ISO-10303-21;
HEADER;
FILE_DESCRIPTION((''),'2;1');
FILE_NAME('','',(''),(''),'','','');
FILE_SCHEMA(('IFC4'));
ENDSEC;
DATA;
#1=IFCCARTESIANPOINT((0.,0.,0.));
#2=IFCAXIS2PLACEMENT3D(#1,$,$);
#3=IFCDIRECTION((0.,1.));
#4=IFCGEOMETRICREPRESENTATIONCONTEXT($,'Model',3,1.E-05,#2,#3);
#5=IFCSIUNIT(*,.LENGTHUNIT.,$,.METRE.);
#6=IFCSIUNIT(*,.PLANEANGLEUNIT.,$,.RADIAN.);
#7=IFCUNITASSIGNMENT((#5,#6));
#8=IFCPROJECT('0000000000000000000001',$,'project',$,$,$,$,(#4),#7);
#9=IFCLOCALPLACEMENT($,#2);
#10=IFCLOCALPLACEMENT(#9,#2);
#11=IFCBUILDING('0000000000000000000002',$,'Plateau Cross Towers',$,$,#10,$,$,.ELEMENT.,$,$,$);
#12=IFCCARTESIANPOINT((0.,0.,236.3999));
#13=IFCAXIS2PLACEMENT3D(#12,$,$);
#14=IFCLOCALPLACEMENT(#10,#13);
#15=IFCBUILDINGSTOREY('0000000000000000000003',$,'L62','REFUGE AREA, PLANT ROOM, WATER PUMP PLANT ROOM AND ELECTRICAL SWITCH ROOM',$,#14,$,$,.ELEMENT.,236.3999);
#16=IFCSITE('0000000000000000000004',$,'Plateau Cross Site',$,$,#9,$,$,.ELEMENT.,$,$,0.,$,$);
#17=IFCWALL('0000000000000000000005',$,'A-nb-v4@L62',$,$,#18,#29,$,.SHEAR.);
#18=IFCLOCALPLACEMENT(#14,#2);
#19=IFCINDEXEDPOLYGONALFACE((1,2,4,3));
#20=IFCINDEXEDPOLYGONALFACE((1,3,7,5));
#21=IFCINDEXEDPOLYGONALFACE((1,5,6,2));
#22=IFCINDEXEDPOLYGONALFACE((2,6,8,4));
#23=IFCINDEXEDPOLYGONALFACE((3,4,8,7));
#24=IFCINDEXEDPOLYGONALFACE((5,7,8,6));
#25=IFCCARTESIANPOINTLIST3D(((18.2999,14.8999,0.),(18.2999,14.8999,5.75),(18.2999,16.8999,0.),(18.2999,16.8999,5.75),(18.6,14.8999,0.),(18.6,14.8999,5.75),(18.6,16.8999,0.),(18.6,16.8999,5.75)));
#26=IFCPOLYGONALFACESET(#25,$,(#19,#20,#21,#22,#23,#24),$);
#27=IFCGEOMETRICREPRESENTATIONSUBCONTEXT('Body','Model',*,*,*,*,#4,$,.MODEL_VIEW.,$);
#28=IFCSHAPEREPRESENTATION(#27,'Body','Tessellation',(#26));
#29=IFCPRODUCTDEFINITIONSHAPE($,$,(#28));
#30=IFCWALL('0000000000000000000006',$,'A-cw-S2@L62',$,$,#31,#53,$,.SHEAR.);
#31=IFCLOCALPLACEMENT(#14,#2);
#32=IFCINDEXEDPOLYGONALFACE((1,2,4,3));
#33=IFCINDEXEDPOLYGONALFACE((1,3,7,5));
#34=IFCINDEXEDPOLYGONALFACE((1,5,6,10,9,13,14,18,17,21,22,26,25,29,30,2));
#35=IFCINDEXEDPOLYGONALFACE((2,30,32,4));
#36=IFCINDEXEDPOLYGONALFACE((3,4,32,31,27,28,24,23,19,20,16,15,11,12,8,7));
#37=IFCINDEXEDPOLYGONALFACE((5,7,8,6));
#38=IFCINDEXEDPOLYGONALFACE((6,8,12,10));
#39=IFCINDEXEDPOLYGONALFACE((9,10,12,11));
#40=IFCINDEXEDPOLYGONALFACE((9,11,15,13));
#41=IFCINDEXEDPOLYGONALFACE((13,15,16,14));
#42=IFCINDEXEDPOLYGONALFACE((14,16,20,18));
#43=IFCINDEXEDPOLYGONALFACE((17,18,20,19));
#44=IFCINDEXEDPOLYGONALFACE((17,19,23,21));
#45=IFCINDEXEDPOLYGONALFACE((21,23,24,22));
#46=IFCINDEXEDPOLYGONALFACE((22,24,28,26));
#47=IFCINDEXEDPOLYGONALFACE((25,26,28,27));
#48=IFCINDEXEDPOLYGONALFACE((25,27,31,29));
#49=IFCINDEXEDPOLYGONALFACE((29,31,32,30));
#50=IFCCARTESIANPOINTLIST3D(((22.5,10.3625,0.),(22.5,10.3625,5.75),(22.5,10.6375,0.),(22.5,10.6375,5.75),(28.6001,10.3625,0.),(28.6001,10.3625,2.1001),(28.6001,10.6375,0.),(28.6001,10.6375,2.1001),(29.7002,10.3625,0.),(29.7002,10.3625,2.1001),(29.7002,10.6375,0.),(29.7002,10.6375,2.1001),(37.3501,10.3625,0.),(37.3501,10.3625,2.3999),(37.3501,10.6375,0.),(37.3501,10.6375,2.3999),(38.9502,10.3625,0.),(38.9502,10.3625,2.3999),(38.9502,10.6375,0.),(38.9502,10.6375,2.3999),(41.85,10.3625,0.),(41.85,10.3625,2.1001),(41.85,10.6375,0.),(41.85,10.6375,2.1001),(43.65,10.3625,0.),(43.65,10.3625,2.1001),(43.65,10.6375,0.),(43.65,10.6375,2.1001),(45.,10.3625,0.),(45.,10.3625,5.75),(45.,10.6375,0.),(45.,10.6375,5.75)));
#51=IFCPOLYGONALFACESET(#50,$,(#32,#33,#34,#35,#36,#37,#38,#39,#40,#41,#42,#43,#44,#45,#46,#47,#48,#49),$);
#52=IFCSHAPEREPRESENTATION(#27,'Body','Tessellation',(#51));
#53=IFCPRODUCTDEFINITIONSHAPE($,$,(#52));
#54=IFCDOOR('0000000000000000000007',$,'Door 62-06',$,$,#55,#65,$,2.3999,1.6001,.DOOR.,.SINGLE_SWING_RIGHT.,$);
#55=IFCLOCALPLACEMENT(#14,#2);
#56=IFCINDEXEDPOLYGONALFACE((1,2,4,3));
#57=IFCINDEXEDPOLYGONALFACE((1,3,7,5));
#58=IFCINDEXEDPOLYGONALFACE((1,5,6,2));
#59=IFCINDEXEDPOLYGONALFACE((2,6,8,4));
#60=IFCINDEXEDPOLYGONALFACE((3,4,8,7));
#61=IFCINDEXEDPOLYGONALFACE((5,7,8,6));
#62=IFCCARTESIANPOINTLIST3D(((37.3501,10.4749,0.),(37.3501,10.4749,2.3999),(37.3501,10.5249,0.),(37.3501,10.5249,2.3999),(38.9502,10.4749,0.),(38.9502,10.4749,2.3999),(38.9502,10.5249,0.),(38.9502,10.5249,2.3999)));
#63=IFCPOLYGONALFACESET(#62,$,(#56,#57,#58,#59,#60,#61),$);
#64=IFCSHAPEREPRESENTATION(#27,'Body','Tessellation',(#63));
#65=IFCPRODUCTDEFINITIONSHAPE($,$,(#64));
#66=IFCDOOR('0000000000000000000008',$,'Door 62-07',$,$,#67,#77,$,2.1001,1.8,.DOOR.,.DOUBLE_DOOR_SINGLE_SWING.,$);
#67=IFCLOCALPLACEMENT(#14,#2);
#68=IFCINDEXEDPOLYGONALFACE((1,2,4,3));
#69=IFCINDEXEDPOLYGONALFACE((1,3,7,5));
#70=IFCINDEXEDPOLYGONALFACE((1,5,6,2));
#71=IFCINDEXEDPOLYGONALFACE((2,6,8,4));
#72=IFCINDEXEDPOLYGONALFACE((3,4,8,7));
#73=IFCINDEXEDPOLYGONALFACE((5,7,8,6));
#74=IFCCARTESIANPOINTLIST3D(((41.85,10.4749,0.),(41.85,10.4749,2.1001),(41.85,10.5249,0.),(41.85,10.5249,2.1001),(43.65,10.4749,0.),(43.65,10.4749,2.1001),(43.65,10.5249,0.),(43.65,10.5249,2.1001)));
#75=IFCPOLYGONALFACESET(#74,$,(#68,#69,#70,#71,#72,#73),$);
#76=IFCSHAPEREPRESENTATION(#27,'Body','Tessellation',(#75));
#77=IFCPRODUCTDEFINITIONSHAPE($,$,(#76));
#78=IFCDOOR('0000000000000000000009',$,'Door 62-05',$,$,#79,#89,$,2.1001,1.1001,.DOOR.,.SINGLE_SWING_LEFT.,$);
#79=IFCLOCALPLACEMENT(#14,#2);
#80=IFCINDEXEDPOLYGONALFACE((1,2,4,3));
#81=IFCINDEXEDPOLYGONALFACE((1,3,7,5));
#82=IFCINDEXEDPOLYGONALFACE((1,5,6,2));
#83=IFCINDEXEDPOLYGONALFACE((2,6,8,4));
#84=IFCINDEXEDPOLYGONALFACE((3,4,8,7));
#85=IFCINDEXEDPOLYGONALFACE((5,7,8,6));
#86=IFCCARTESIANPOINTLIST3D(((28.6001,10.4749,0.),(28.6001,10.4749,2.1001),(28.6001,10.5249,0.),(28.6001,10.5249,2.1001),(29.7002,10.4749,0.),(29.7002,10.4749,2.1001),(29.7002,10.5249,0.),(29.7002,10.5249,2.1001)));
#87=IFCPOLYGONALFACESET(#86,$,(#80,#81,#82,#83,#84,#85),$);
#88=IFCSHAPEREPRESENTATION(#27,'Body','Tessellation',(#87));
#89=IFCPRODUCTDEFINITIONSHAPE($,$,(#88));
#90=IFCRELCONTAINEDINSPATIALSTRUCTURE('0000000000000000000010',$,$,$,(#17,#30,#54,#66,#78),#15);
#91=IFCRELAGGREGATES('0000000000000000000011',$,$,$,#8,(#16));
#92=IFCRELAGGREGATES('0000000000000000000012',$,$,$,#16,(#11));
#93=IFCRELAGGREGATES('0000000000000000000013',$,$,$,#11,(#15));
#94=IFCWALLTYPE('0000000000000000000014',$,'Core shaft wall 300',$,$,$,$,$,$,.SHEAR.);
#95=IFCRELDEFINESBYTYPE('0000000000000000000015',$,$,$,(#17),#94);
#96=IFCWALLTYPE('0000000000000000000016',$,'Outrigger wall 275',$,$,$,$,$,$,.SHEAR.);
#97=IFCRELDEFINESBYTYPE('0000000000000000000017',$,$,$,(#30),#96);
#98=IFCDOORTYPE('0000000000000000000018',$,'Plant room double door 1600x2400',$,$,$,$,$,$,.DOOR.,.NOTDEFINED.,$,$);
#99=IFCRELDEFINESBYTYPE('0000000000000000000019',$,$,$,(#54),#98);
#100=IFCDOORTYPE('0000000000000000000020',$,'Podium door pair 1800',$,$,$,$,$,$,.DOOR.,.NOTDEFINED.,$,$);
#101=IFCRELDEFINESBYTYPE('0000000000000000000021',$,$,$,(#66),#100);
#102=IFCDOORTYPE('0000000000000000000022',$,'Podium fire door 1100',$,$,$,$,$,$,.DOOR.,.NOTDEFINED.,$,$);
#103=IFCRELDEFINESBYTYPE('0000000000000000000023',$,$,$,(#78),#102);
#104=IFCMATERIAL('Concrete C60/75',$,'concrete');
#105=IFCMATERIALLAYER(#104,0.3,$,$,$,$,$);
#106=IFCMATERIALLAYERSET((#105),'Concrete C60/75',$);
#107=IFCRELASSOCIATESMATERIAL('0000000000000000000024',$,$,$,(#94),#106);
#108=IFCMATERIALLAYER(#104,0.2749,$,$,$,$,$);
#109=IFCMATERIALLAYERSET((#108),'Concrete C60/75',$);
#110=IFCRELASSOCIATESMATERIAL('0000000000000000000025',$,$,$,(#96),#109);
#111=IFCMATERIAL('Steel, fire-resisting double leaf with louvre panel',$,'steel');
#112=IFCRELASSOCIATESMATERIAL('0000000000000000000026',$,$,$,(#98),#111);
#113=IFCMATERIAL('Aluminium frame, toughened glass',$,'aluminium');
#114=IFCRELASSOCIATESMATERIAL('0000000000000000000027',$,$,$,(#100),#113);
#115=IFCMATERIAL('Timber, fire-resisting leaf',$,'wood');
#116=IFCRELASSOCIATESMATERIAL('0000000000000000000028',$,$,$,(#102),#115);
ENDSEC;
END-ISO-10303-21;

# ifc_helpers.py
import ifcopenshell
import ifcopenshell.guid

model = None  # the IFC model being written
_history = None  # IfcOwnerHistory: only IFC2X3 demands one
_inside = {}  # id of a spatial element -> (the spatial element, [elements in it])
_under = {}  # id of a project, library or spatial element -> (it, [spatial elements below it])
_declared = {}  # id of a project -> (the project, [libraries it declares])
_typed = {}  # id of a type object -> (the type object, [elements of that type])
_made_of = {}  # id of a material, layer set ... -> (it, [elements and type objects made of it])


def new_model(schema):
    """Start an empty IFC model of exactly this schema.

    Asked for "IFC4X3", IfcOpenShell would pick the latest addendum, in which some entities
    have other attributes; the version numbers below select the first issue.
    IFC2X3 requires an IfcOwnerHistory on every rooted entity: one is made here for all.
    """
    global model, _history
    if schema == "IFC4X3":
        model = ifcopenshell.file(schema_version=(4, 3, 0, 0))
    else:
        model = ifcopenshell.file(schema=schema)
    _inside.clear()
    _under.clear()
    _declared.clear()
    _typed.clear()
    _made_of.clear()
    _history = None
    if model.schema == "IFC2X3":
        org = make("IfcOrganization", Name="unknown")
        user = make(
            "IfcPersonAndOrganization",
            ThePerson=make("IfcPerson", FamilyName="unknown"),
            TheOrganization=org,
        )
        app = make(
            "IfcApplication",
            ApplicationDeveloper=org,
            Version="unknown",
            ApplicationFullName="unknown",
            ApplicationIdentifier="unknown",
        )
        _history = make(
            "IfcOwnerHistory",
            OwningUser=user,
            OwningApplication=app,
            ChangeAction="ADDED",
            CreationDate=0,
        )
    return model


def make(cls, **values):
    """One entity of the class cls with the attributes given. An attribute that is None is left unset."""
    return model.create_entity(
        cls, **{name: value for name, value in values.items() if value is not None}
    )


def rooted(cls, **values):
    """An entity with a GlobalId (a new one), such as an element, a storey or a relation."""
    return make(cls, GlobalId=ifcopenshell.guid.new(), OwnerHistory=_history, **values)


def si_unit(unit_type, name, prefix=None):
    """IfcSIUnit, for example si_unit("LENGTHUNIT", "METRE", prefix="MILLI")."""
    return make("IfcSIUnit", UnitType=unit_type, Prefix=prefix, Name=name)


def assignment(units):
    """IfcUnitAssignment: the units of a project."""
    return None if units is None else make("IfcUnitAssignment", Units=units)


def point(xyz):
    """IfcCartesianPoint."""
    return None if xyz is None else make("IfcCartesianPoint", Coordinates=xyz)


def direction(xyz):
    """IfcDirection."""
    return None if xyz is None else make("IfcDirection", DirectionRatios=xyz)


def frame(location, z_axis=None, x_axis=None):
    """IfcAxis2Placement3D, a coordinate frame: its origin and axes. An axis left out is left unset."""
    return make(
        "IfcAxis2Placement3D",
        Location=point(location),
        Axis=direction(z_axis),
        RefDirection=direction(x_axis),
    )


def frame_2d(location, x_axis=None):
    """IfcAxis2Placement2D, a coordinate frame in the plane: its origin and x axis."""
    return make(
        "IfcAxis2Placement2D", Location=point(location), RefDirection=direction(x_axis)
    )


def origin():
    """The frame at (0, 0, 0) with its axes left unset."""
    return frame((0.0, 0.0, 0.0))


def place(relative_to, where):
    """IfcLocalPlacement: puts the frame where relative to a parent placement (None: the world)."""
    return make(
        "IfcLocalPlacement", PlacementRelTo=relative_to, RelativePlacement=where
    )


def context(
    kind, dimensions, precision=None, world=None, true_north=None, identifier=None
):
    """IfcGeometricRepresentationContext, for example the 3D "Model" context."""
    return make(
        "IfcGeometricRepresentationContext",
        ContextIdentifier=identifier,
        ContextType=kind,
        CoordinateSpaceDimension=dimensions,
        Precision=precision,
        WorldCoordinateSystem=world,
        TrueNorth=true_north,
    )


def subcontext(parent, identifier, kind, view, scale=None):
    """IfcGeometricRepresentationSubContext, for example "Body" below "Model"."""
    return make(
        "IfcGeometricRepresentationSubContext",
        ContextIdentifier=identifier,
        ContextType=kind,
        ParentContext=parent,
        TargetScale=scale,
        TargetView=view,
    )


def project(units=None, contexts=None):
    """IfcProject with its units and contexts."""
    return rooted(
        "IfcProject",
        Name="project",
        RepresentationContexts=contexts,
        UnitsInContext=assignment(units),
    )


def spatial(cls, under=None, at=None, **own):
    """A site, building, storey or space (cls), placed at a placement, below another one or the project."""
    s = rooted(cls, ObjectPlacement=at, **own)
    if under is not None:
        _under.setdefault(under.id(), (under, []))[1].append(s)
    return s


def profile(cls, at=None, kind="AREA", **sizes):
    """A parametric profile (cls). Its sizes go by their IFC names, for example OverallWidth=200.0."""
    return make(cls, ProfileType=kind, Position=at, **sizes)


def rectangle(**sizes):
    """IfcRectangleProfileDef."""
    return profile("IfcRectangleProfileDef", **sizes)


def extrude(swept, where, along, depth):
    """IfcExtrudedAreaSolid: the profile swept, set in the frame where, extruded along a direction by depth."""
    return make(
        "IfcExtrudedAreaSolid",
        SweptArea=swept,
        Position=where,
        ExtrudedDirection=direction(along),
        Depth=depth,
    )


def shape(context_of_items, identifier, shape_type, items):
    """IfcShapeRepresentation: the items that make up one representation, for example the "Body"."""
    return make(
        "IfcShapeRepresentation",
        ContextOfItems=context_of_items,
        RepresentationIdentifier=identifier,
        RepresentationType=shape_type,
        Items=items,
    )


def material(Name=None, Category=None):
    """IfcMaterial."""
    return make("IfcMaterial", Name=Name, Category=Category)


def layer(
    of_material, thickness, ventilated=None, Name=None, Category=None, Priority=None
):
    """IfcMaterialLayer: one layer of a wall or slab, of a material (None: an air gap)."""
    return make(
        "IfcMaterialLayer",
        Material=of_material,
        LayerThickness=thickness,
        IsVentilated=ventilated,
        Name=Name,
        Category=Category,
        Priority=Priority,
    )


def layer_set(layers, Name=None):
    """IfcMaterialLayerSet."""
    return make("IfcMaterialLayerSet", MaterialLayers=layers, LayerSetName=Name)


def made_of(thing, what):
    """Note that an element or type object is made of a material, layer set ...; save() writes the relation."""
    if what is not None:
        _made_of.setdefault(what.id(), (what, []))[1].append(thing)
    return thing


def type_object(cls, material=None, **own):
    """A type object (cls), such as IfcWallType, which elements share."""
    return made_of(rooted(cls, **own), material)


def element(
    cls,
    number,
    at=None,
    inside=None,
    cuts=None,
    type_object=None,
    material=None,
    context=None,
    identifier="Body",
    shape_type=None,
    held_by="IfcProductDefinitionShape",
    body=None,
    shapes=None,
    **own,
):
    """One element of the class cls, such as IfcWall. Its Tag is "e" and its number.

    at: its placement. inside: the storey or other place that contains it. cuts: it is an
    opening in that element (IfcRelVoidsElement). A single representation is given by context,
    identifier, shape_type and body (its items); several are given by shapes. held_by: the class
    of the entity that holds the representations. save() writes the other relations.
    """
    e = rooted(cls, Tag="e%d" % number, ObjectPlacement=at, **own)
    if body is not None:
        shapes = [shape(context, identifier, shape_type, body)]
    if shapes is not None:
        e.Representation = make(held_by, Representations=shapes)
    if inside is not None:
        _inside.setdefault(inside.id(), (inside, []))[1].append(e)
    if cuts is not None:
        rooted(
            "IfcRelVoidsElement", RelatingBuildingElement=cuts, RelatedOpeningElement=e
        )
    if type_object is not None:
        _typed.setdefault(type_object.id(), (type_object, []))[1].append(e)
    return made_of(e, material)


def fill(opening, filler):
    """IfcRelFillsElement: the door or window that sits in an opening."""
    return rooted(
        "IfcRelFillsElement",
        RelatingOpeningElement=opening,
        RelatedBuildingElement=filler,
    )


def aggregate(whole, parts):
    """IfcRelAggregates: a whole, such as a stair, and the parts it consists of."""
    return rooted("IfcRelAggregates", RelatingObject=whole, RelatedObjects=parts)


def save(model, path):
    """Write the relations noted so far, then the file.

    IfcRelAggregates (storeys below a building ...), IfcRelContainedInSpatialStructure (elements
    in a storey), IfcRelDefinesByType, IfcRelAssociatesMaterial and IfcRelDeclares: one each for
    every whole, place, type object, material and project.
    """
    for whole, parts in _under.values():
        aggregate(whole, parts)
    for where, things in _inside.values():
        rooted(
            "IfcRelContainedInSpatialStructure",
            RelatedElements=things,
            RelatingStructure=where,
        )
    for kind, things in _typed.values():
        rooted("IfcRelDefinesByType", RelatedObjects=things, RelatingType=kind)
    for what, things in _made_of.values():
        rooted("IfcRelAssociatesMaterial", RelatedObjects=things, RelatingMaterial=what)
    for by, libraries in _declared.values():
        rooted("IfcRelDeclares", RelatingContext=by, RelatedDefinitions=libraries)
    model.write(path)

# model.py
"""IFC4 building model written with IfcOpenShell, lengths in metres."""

from ifc_helpers import new_model, si_unit, direction, frame, frame_2d, origin, place, context, subcontext, project, spatial, rectangle, extrude, material, layer, layer_set, type_object, element, fill, save


model = new_model("IFC4")

# Units and contexts
model_context = context("Model", 3, precision=1e-05, world=origin(), true_north=direction((0.0, 1.0)))
body_context = subcontext(model_context, "Body", "Model", "MODEL_VIEW")
ifc_project = project(units=[si_unit("LENGTHUNIT", "METRE"), si_unit("PLANEANGLEUNIT", "RADIAN")], contexts=[model_context])

# Site, building, storey
site_placement = place(None, origin())
site = spatial("IfcSite", under=ifc_project, at=site_placement, Name="Plateau Cross Site", CompositionType="ELEMENT", RefElevation=0.0)
building_placement = place(site_placement, origin())
building = spatial("IfcBuilding", under=site, at=building_placement, Name="Plateau Cross Towers", CompositionType="ELEMENT")
storey_placement = place(building_placement, frame((0.0, 0.0, 236.3999)))
storey = spatial("IfcBuildingStorey", under=building, at=storey_placement, Name="L62", Description="REFUGE AREA, PLANT ROOM, WATER PUMP PLANT ROOM AND ELECTRICAL SWITCH ROOM", CompositionType="ELEMENT", Elevation=236.3999)

# Shared definitions
ifc_material_1 = material(Name="Concrete C60/75", Category="concrete")

# Wall
ifc_layer_1 = layer(ifc_material_1, 0.3)
ifc_layer_set_1 = layer_set([ifc_layer_1], Name="Concrete C60/75")
wall_type_1 = type_object("IfcWallType", Name="Core shaft wall 300", PredefinedType="SHEAR", material=ifc_layer_set_1)
wall_1_placement = place(storey_placement, frame((18.45, 14.8999, 0.0), z_axis=(0.0, 0.0, 1.0), x_axis=(0.0, 1.0, 0.0)))
element("IfcWall", 1, at=wall_1_placement, inside=storey, type_object=wall_type_1, Name="A-nb-v4@L62", PredefinedType="SHEAR", context=body_context, shape_type="SweptSolid", body=[
    extrude(rectangle(XDim=2.0, YDim=0.3, at=frame_2d((1.0, 0.0))), origin(), (0.0, 0.0, 1.0), 5.75),
])

# Wall, openings, doors
ifc_layer_2 = layer(ifc_material_1, 0.2749)
ifc_layer_set_2 = layer_set([ifc_layer_2], Name="Concrete C60/75")
wall_type_2 = type_object("IfcWallType", Name="Outrigger wall 275", PredefinedType="SHEAR", material=ifc_layer_set_2)
wall_2_placement = place(storey_placement, frame((22.5, 10.5, 0.0), z_axis=(0.0, 0.0, 1.0), x_axis=(1.0, 0.0, 0.0)))
wall_2 = element("IfcWall", 2, at=wall_2_placement, inside=storey, type_object=wall_type_2, Name="A-cw-S2@L62", PredefinedType="SHEAR", context=body_context, shape_type="SweptSolid", body=[
    extrude(rectangle(XDim=22.5, YDim=0.2749, at=frame_2d((11.25, 0.0))), origin(), (0.0, 0.0, 1.0), 5.75),
])
opening_1_placement = place(wall_2_placement, frame((6.1001, 0.0, 0.0)))
opening_1 = element("IfcOpeningElement", 3, at=opening_1_placement, cuts=wall_2, PredefinedType="OPENING", context=body_context, shape_type="SweptSolid", body=[
    extrude(rectangle(XDim=1.1001, YDim=2.1001, at=frame_2d((0.55, 1.05))), frame((0.0, 0.1475, 0.0), z_axis=(0.0, -1.0, 0.0), x_axis=(1.0, 0.0, 0.0)), (0.0, 0.0, 1.0), 0.2949),
])
opening_2_placement = place(wall_2_placement, frame((14.8501, 0.0, 0.0)))
opening_2 = element("IfcOpeningElement", 4, at=opening_2_placement, cuts=wall_2, PredefinedType="OPENING", context=body_context, shape_type="SweptSolid", body=[
    extrude(rectangle(XDim=1.6001, YDim=2.3999, at=frame_2d((0.8, 1.2))), frame((0.0, 0.1475, 0.0), z_axis=(0.0, -1.0, 0.0), x_axis=(1.0, 0.0, 0.0)), (0.0, 0.0, 1.0), 0.2949),
])
opening_3_placement = place(wall_2_placement, frame((19.3501, 0.0, 0.0)))
opening_3 = element("IfcOpeningElement", 5, at=opening_3_placement, cuts=wall_2, PredefinedType="OPENING", context=body_context, shape_type="SweptSolid", body=[
    extrude(rectangle(XDim=1.8, YDim=2.1001, at=frame_2d((0.8999, 1.05))), frame((0.0, 0.1475, 0.0), z_axis=(0.0, -1.0, 0.0), x_axis=(1.0, 0.0, 0.0)), (0.0, 0.0, 1.0), 0.2949),
])
ifc_material_2 = material(Name="Steel, fire-resisting double leaf with louvre panel", Category="steel")
door_type_1 = type_object("IfcDoorType", Name="Plant room double door 1600x2400", OperationType="NOTDEFINED", PredefinedType="DOOR", material=ifc_material_2)
door_1_placement = place(opening_2_placement, origin())
door_1 = element("IfcDoor", 6, at=door_1_placement, inside=storey, type_object=door_type_1, Name="Door 62-06", OperationType="SINGLE_SWING_RIGHT", OverallHeight=2.3999, OverallWidth=1.6001, PredefinedType="DOOR", context=body_context, shape_type="SweptSolid", body=[
    extrude(rectangle(XDim=1.6001, YDim=2.3999, at=frame_2d((0.8, 1.2))), frame((0.0, 0.0249, 0.0), z_axis=(0.0, -1.0, 0.0), x_axis=(1.0, 0.0, 0.0)), (0.0, 0.0, 1.0), 0.05),
])
fill(opening_2, door_1)
ifc_material_3 = material(Name="Aluminium frame, toughened glass", Category="aluminium")
door_type_2 = type_object("IfcDoorType", Name="Podium door pair 1800", OperationType="NOTDEFINED", PredefinedType="DOOR", material=ifc_material_3)
door_2_placement = place(opening_3_placement, origin())
door_2 = element("IfcDoor", 7, at=door_2_placement, inside=storey, type_object=door_type_2, Name="Door 62-07", OperationType="DOUBLE_DOOR_SINGLE_SWING", OverallHeight=2.1001, OverallWidth=1.8, PredefinedType="DOOR", context=body_context, shape_type="SweptSolid", body=[
    extrude(rectangle(XDim=1.8, YDim=2.1001, at=frame_2d((0.8999, 1.05))), frame((0.0, 0.0249, 0.0), z_axis=(0.0, -1.0, 0.0), x_axis=(1.0, 0.0, 0.0)), (0.0, 0.0, 1.0), 0.05),
])
fill(opening_3, door_2)
ifc_material_4 = material(Name="Timber, fire-resisting leaf", Category="wood")
door_type_3 = type_object("IfcDoorType", Name="Podium fire door 1100", OperationType="NOTDEFINED", PredefinedType="DOOR", material=ifc_material_4)
door_3_placement = place(opening_1_placement, origin())
door_3 = element("IfcDoor", 8, at=door_3_placement, inside=storey, type_object=door_type_3, Name="Door 62-05", OperationType="SINGLE_SWING_LEFT", OverallHeight=2.1001, OverallWidth=1.1001, PredefinedType="DOOR", context=body_context, shape_type="SweptSolid", body=[
    extrude(rectangle(XDim=1.1001, YDim=2.1001, at=frame_2d((0.55, 1.05))), frame((0.0, 0.0249, 0.0), z_axis=(0.0, -1.0, 0.0), x_axis=(1.0, 0.0, 0.0)), (0.0, 0.0, 1.0), 0.05),
])
fill(opening_1, door_3)

save(model, "model.ifc")
